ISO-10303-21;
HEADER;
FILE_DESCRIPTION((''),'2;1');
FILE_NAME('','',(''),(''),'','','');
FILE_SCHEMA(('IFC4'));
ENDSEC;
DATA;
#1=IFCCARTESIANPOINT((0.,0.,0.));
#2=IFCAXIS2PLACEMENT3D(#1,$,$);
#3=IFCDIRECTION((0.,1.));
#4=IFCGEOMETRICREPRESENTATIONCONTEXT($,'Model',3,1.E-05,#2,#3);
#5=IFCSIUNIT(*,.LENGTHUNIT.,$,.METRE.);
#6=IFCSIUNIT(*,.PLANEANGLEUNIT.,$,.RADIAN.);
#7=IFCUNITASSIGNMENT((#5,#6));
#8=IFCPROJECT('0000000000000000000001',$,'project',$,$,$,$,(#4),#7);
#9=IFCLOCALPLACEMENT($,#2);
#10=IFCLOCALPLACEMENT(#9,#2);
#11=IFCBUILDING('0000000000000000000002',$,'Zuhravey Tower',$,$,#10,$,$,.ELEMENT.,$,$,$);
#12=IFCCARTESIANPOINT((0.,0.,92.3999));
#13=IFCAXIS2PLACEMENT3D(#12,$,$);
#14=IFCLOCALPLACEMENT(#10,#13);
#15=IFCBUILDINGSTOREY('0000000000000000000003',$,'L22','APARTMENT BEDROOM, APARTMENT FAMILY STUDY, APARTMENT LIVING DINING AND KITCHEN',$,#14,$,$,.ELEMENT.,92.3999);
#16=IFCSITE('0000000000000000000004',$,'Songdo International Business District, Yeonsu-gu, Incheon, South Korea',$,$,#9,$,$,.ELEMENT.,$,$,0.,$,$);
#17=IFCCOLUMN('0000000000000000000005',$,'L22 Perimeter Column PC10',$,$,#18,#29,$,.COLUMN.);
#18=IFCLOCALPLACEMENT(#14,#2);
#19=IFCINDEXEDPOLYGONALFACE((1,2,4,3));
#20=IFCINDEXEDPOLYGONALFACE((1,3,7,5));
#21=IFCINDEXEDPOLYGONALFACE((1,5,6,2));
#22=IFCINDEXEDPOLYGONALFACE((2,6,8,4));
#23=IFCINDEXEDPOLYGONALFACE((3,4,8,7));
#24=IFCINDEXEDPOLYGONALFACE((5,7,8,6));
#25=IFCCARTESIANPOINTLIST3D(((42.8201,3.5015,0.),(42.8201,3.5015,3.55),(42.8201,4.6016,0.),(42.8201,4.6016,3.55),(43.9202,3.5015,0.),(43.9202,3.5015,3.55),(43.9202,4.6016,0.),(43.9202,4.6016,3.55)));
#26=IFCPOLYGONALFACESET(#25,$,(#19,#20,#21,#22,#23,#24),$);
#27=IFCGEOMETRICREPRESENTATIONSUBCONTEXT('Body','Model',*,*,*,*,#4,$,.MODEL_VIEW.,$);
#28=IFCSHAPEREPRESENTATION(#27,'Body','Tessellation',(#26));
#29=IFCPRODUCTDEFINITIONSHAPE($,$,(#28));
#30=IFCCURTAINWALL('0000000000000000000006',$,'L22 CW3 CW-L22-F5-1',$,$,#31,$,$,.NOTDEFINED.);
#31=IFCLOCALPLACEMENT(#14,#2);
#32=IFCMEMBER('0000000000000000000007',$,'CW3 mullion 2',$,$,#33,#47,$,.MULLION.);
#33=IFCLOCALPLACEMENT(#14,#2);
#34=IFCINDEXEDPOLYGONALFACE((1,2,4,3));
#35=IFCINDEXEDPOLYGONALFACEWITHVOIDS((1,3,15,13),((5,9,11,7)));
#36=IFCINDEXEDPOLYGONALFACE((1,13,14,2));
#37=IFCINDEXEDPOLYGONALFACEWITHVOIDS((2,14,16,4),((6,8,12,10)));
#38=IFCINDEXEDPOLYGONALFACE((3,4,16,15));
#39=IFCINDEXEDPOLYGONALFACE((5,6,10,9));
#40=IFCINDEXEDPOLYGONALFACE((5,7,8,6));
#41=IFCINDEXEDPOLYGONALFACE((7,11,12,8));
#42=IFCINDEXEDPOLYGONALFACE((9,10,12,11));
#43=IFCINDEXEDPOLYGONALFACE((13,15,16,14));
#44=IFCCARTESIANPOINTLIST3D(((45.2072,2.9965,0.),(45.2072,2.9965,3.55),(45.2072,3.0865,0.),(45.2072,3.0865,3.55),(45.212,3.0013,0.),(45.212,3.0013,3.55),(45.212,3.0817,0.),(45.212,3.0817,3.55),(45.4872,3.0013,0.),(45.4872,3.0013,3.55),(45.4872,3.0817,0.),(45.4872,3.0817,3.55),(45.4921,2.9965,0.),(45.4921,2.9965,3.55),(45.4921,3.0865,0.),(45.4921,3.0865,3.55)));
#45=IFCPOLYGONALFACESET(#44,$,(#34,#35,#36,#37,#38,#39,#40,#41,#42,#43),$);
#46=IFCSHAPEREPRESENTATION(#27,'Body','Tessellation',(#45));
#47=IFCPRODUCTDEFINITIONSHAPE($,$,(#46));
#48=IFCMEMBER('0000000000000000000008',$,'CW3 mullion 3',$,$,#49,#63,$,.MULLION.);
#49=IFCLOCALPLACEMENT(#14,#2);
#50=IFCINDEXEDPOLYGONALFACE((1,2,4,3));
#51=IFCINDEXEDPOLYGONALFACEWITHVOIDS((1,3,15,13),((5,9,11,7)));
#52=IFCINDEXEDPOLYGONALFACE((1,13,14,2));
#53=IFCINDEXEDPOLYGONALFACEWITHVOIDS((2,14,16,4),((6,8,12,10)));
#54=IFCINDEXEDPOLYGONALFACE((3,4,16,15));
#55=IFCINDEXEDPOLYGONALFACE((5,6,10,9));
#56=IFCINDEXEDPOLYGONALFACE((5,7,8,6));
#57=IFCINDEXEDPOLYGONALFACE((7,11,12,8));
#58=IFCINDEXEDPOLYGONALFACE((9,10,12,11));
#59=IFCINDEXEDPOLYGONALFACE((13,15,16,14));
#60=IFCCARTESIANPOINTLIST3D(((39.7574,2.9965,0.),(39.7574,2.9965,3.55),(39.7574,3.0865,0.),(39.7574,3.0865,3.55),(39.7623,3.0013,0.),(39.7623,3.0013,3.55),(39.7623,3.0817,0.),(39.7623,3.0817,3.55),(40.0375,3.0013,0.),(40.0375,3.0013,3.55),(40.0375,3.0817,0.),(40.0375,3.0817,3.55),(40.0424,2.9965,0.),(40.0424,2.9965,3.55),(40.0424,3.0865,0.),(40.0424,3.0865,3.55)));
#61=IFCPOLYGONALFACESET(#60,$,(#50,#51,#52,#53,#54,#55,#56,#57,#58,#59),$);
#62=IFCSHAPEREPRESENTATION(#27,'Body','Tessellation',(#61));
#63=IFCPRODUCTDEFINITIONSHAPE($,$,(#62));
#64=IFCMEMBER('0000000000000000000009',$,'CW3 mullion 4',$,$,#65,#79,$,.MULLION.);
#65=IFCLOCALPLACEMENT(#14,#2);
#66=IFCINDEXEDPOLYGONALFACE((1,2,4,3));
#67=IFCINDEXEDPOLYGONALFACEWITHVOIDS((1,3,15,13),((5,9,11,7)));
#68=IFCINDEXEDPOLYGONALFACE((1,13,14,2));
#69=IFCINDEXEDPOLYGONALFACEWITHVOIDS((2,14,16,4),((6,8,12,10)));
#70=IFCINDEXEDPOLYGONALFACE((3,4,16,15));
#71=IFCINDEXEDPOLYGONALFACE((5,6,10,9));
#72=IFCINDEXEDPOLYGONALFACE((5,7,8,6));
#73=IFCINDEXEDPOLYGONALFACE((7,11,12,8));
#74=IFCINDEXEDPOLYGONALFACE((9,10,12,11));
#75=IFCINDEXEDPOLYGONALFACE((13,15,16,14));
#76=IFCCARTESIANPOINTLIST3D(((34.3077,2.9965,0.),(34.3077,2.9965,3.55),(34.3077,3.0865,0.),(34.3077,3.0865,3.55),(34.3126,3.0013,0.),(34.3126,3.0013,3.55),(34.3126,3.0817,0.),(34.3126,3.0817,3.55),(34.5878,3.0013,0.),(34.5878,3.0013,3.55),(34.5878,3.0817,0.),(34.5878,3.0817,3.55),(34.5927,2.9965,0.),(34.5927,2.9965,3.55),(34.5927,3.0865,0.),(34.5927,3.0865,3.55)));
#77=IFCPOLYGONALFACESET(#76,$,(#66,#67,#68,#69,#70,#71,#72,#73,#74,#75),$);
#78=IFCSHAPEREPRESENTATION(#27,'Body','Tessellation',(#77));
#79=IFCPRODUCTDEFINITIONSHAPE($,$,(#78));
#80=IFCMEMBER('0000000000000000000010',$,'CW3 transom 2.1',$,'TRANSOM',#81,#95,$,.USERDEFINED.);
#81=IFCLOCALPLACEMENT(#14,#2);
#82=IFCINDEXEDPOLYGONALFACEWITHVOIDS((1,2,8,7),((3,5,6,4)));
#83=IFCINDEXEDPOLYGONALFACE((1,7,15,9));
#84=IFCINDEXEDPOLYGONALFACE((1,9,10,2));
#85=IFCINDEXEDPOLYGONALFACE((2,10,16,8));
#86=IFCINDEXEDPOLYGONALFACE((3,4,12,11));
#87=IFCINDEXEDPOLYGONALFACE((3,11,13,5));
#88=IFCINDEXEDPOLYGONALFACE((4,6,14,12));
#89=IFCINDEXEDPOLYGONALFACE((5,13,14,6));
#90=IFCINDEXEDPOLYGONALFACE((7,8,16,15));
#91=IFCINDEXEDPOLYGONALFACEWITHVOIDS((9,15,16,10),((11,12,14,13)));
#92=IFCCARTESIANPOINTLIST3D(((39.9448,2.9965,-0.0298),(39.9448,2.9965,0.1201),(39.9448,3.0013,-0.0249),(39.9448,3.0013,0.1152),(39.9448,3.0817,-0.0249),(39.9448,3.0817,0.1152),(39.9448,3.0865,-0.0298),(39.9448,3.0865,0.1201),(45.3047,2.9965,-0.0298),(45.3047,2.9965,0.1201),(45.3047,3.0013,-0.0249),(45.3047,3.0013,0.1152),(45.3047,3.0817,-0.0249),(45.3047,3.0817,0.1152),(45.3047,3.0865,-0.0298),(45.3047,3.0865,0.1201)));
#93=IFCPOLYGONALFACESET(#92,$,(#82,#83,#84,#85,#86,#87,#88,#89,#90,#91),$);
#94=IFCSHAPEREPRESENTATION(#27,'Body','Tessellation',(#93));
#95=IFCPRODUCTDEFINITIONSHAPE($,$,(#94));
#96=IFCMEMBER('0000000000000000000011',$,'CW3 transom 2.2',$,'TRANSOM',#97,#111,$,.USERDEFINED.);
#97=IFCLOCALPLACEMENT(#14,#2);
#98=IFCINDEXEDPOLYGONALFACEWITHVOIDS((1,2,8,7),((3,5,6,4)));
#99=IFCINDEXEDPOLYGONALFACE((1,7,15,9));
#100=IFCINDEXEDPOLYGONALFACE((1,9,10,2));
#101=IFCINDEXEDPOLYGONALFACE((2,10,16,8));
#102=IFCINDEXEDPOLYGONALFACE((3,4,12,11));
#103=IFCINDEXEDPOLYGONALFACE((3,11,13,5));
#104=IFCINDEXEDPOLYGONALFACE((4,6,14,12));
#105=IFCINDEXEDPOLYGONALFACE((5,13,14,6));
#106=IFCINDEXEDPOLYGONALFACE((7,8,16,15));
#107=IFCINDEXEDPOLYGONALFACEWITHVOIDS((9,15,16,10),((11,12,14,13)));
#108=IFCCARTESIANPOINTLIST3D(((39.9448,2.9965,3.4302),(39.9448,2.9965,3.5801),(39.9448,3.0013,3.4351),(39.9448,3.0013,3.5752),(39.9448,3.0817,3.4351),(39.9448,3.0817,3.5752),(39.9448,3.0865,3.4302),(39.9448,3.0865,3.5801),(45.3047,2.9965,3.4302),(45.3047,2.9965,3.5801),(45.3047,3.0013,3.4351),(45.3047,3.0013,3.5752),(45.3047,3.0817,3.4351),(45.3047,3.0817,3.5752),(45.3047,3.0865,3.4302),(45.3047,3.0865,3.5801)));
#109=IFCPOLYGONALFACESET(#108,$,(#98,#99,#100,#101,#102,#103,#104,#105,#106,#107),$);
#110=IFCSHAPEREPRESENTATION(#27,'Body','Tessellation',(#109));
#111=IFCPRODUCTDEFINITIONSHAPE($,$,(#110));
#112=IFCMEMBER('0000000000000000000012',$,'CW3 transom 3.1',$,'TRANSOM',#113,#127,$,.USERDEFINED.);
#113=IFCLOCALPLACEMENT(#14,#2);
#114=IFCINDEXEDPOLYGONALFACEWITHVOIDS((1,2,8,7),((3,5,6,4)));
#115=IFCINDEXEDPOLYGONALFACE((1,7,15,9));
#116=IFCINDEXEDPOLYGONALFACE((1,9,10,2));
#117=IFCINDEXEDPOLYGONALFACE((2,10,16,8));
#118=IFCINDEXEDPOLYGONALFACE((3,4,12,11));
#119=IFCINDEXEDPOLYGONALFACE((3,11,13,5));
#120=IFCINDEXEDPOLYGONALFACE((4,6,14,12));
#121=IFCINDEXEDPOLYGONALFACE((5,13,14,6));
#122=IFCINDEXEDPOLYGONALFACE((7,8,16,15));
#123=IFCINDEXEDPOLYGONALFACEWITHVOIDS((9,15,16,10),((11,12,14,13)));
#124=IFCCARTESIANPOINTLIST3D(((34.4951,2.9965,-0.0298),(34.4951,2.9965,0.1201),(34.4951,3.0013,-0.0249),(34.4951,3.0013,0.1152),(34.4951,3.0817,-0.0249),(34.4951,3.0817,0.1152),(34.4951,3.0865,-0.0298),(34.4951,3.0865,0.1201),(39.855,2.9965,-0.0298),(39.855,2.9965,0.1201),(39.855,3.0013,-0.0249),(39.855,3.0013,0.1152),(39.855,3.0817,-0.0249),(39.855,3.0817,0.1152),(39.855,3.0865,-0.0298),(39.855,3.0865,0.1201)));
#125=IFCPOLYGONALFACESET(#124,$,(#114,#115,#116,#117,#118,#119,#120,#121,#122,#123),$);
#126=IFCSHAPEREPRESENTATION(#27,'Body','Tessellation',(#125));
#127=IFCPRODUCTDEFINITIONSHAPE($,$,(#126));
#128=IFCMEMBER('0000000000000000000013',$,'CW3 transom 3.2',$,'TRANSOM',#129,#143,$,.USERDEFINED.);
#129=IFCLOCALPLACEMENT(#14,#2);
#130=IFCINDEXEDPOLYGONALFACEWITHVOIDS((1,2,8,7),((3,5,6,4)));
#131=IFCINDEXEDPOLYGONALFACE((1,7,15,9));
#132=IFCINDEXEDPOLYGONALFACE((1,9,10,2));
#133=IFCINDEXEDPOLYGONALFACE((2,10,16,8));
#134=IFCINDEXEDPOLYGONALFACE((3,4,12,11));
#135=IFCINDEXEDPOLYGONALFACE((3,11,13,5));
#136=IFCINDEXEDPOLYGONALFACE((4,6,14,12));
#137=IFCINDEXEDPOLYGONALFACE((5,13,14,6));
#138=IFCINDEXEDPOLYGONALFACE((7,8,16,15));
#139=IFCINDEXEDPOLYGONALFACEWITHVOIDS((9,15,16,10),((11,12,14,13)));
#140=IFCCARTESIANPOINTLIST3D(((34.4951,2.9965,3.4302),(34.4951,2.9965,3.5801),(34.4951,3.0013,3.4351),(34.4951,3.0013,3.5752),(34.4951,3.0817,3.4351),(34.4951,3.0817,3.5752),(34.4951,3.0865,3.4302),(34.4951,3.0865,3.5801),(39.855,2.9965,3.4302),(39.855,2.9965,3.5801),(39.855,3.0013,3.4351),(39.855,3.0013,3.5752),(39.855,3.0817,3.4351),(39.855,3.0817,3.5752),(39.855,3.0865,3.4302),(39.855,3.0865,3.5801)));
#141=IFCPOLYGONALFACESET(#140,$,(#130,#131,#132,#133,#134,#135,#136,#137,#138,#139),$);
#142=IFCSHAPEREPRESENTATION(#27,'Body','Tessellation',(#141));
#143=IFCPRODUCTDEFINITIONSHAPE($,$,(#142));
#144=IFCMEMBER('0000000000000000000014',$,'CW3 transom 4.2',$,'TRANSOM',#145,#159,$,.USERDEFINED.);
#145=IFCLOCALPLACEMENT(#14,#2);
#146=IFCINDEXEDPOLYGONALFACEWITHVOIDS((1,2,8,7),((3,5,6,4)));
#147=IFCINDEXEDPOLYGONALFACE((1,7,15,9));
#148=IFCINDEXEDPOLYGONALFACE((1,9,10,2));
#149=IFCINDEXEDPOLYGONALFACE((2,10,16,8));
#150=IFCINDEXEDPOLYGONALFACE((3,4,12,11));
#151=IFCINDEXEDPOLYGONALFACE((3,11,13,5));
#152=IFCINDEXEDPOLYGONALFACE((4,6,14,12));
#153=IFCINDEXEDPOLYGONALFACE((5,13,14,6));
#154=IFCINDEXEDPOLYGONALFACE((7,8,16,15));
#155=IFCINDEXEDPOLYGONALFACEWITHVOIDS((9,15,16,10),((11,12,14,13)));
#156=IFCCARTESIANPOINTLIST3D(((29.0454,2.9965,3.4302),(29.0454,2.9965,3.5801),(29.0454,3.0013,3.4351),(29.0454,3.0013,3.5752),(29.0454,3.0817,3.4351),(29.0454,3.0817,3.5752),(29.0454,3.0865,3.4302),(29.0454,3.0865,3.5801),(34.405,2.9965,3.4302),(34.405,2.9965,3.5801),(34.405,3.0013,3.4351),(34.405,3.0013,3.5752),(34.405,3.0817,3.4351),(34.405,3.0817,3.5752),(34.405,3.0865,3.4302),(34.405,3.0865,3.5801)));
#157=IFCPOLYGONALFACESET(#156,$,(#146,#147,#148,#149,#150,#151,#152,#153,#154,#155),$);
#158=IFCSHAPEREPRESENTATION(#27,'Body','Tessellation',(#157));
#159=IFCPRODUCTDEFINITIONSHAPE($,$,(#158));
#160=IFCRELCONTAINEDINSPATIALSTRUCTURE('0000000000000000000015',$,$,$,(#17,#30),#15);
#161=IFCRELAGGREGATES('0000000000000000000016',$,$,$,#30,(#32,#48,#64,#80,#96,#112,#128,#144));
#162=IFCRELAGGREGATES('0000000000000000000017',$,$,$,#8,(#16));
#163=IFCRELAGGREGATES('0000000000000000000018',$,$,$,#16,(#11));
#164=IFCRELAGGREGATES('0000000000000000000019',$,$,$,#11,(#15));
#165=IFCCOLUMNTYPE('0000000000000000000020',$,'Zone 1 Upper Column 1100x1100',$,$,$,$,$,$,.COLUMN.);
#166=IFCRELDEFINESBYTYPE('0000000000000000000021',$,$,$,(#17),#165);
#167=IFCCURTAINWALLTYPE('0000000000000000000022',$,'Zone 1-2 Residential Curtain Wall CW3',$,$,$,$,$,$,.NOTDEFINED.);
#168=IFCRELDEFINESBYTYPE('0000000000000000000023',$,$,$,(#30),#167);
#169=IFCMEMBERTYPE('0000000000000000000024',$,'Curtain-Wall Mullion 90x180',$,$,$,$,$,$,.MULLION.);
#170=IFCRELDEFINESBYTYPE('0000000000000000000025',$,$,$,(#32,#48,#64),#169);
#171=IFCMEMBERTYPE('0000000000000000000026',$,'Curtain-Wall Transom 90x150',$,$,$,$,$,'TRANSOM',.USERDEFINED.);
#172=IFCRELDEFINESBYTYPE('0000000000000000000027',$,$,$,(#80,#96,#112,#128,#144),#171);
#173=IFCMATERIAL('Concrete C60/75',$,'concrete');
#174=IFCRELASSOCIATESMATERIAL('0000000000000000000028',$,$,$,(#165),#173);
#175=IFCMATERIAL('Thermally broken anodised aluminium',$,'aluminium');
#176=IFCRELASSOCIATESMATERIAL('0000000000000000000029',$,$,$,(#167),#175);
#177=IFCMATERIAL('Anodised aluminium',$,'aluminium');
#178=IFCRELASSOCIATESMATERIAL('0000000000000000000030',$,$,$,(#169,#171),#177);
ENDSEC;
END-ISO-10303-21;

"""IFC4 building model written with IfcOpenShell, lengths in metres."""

from ifc_helpers import new_model, si_unit, direction, frame, origin, origin_2d, place, context, subcontext, project, spatial, rectangle, hollow_rectangle, extrude, material, material_profile, profile_set, type_object, element, aggregate, save


model = new_model("IFC4")

# Units and contexts
model_context = context("Model", 3, precision=1e-05, world=origin(), true_north=direction((0.0, 1.0)))
body_context = subcontext(model_context, "Body", "Model", "MODEL_VIEW")
ifc_project = project(units=[si_unit("LENGTHUNIT", "METRE"), si_unit("PLANEANGLEUNIT", "RADIAN")], contexts=[model_context])

# Site, building, storey
site_placement = place(None, origin())
site = spatial("IfcSite", under=ifc_project, at=site_placement, Name="Songdo International Business District, Yeonsu-gu, Incheon, South Korea", CompositionType="ELEMENT", RefElevation=0.0)
building_placement = place(site_placement, origin())
building = spatial("IfcBuilding", under=site, at=building_placement, Name="Zuhravey Tower", CompositionType="ELEMENT")
storey_placement = place(building_placement, frame((0.0, 0.0, 92.3999)))
storey = spatial("IfcBuildingStorey", under=building, at=storey_placement, Name="L22", Description="APARTMENT BEDROOM, APARTMENT FAMILY STUDY, APARTMENT LIVING DINING AND KITCHEN", CompositionType="ELEMENT", Elevation=92.3999)

# Column
ifc_material_1 = material(Name="Concrete C60/75", Category="concrete")
ifc_material_profile_1 = material_profile(ifc_material_1, rectangle(XDim=1.1001, YDim=1.1001, at=origin_2d()), Name="RC-1100x1100")
ifc_profile_set_1 = profile_set([ifc_material_profile_1], Name="Concrete C60/75")
column_type = type_object("IfcColumnType", Name="Zone 1 Upper Column 1100x1100", PredefinedType="COLUMN", material=ifc_profile_set_1)
column_placement = place(storey_placement, frame((43.3701, 4.0515, 0.0), z_axis=(0.0, 0.0, 1.0), x_axis=(1.0, 0.0, 0.0)))
element("IfcColumn", 1, at=column_placement, inside=storey, type_object=column_type, Name="L22 Perimeter Column PC10", PredefinedType="COLUMN", context=body_context, shape_type="SweptSolid", body=[
    extrude(rectangle(XDim=1.1001, YDim=1.1001, at=origin_2d()), origin(), (0.0, 0.0, 1.0), 3.55),
])

# Curtain wall, members
ifc_material_2 = material(Name="Thermally broken anodised aluminium", Category="aluminium")
curtain_wall_type = type_object("IfcCurtainWallType", Name="Zone 1-2 Residential Curtain Wall CW3", PredefinedType="NOTDEFINED", material=ifc_material_2)
curtain_wall_placement = place(storey_placement, origin())
curtain_wall = element("IfcCurtainWall", 2, at=curtain_wall_placement, inside=storey, type_object=curtain_wall_type, Name="L22 CW3 CW-L22-F5-1", PredefinedType="NOTDEFINED")
ifc_material_3 = material(Name="Anodised aluminium", Category="aluminium")
ifc_material_profile_2 = material_profile(ifc_material_3, hollow_rectangle(XDim=0.0901, YDim=0.2849, WallThickness=0.0049, at=origin_2d()), Name="ALU-RHS-90x285x5")
ifc_profile_set_2 = profile_set([ifc_material_profile_2], Name="Anodised aluminium")
member_type_1 = type_object("IfcMemberType", Name="Curtain-Wall Mullion 90x180", PredefinedType="MULLION", material=ifc_profile_set_2)
member_1_placement = place(storey_placement, frame((45.3496, 3.0415, 0.0), z_axis=(0.0, 0.0, 1.0), x_axis=(0.0, -1.0, 0.0)))
member_1 = element("IfcMember", 3, at=member_1_placement, type_object=member_type_1, Name="CW3 mullion 2", PredefinedType="MULLION", context=body_context, shape_type="SweptSolid", body=[
    extrude(hollow_rectangle(XDim=0.0901, YDim=0.2849, WallThickness=0.0049, at=origin_2d()), origin(), (0.0, 0.0, 1.0), 3.55),
])
member_2_placement = place(storey_placement, frame((39.8999, 3.0415, 0.0), z_axis=(0.0, 0.0, 1.0), x_axis=(0.0, -1.0, 0.0)))
member_2 = element("IfcMember", 4, at=member_2_placement, type_object=member_type_1, Name="CW3 mullion 3", PredefinedType="MULLION", context=body_context, shape_type="SweptSolid", body=[
    extrude(hollow_rectangle(XDim=0.0901, YDim=0.2849, WallThickness=0.0049, at=origin_2d()), origin(), (0.0, 0.0, 1.0), 3.55),
])
member_3_placement = place(storey_placement, frame((34.4502, 3.0415, 0.0), z_axis=(0.0, 0.0, 1.0), x_axis=(0.0, -1.0, 0.0)))
member_3 = element("IfcMember", 5, at=member_3_placement, type_object=member_type_1, Name="CW3 mullion 4", PredefinedType="MULLION", context=body_context, shape_type="SweptSolid", body=[
    extrude(hollow_rectangle(XDim=0.0901, YDim=0.2849, WallThickness=0.0049, at=origin_2d()), origin(), (0.0, 0.0, 1.0), 3.55),
])
ifc_material_profile_3 = material_profile(ifc_material_3, hollow_rectangle(XDim=0.0901, YDim=0.1499, WallThickness=0.0049, at=origin_2d()), Name="ALU-RHS-90x150x5")
ifc_profile_set_3 = profile_set([ifc_material_profile_3], Name="Anodised aluminium")
member_type_2 = type_object("IfcMemberType", Name="Curtain-Wall Transom 90x150", ElementType="TRANSOM", PredefinedType="USERDEFINED", material=ifc_profile_set_3)
member_4_placement = place(storey_placement, frame((45.3047, 3.0415, 0.0452), z_axis=(-1.0, 0.0, 0.0), x_axis=(0.0, -1.0, 0.0)))
member_4 = element("IfcMember", 6, at=member_4_placement, type_object=member_type_2, Name="CW3 transom 2.1", ObjectType="TRANSOM", PredefinedType="USERDEFINED", context=body_context, shape_type="SweptSolid", body=[
    extrude(hollow_rectangle(XDim=0.0901, YDim=0.1499, WallThickness=0.0049, at=origin_2d()), origin(), (0.0, 0.0, 1.0), 5.3599),
])
member_5_placement = place(storey_placement, frame((45.3047, 3.0415, 3.5051), z_axis=(-1.0, 0.0, 0.0), x_axis=(0.0, -1.0, 0.0)))
member_5 = element("IfcMember", 7, at=member_5_placement, type_object=member_type_2, Name="CW3 transom 2.2", ObjectType="TRANSOM", PredefinedType="USERDEFINED", context=body_context, shape_type="SweptSolid", body=[
    extrude(hollow_rectangle(XDim=0.0901, YDim=0.1499, WallThickness=0.0049, at=origin_2d()), origin(), (0.0, 0.0, 1.0), 5.3599),
])
member_6_placement = place(storey_placement, frame((39.855, 3.0415, 0.0452), z_axis=(-1.0, 0.0, 0.0), x_axis=(0.0, -1.0, 0.0)))
member_6 = element("IfcMember", 8, at=member_6_placement, type_object=member_type_2, Name="CW3 transom 3.1", ObjectType="TRANSOM", PredefinedType="USERDEFINED", context=body_context, shape_type="SweptSolid", body=[
    extrude(hollow_rectangle(XDim=0.0901, YDim=0.1499, WallThickness=0.0049, at=origin_2d()), origin(), (0.0, 0.0, 1.0), 5.3599),
])
member_7_placement = place(storey_placement, frame((39.855, 3.0415, 3.5051), z_axis=(-1.0, 0.0, 0.0), x_axis=(0.0, -1.0, 0.0)))
member_7 = element("IfcMember", 9, at=member_7_placement, type_object=member_type_2, Name="CW3 transom 3.2", ObjectType="TRANSOM", PredefinedType="USERDEFINED", context=body_context, shape_type="SweptSolid", body=[
    extrude(hollow_rectangle(XDim=0.0901, YDim=0.1499, WallThickness=0.0049, at=origin_2d()), origin(), (0.0, 0.0, 1.0), 5.3599),
])
member_8_placement = place(storey_placement, frame((34.405, 3.0415, 3.5051), z_axis=(-1.0, 0.0, 0.0), x_axis=(0.0, -1.0, 0.0)))
member_8 = element("IfcMember", 10, at=member_8_placement, type_object=member_type_2, Name="CW3 transom 4.2", ObjectType="TRANSOM", PredefinedType="USERDEFINED", context=body_context, shape_type="SweptSolid", body=[
    extrude(hollow_rectangle(XDim=0.0901, YDim=0.1499, WallThickness=0.0049, at=origin_2d()), origin(), (0.0, 0.0, 1.0), 5.3596),
])

aggregate(curtain_wall, [member_1, member_2, member_3, member_4, member_5, member_6, member_7, member_8])

save(model, "model.ifc")
